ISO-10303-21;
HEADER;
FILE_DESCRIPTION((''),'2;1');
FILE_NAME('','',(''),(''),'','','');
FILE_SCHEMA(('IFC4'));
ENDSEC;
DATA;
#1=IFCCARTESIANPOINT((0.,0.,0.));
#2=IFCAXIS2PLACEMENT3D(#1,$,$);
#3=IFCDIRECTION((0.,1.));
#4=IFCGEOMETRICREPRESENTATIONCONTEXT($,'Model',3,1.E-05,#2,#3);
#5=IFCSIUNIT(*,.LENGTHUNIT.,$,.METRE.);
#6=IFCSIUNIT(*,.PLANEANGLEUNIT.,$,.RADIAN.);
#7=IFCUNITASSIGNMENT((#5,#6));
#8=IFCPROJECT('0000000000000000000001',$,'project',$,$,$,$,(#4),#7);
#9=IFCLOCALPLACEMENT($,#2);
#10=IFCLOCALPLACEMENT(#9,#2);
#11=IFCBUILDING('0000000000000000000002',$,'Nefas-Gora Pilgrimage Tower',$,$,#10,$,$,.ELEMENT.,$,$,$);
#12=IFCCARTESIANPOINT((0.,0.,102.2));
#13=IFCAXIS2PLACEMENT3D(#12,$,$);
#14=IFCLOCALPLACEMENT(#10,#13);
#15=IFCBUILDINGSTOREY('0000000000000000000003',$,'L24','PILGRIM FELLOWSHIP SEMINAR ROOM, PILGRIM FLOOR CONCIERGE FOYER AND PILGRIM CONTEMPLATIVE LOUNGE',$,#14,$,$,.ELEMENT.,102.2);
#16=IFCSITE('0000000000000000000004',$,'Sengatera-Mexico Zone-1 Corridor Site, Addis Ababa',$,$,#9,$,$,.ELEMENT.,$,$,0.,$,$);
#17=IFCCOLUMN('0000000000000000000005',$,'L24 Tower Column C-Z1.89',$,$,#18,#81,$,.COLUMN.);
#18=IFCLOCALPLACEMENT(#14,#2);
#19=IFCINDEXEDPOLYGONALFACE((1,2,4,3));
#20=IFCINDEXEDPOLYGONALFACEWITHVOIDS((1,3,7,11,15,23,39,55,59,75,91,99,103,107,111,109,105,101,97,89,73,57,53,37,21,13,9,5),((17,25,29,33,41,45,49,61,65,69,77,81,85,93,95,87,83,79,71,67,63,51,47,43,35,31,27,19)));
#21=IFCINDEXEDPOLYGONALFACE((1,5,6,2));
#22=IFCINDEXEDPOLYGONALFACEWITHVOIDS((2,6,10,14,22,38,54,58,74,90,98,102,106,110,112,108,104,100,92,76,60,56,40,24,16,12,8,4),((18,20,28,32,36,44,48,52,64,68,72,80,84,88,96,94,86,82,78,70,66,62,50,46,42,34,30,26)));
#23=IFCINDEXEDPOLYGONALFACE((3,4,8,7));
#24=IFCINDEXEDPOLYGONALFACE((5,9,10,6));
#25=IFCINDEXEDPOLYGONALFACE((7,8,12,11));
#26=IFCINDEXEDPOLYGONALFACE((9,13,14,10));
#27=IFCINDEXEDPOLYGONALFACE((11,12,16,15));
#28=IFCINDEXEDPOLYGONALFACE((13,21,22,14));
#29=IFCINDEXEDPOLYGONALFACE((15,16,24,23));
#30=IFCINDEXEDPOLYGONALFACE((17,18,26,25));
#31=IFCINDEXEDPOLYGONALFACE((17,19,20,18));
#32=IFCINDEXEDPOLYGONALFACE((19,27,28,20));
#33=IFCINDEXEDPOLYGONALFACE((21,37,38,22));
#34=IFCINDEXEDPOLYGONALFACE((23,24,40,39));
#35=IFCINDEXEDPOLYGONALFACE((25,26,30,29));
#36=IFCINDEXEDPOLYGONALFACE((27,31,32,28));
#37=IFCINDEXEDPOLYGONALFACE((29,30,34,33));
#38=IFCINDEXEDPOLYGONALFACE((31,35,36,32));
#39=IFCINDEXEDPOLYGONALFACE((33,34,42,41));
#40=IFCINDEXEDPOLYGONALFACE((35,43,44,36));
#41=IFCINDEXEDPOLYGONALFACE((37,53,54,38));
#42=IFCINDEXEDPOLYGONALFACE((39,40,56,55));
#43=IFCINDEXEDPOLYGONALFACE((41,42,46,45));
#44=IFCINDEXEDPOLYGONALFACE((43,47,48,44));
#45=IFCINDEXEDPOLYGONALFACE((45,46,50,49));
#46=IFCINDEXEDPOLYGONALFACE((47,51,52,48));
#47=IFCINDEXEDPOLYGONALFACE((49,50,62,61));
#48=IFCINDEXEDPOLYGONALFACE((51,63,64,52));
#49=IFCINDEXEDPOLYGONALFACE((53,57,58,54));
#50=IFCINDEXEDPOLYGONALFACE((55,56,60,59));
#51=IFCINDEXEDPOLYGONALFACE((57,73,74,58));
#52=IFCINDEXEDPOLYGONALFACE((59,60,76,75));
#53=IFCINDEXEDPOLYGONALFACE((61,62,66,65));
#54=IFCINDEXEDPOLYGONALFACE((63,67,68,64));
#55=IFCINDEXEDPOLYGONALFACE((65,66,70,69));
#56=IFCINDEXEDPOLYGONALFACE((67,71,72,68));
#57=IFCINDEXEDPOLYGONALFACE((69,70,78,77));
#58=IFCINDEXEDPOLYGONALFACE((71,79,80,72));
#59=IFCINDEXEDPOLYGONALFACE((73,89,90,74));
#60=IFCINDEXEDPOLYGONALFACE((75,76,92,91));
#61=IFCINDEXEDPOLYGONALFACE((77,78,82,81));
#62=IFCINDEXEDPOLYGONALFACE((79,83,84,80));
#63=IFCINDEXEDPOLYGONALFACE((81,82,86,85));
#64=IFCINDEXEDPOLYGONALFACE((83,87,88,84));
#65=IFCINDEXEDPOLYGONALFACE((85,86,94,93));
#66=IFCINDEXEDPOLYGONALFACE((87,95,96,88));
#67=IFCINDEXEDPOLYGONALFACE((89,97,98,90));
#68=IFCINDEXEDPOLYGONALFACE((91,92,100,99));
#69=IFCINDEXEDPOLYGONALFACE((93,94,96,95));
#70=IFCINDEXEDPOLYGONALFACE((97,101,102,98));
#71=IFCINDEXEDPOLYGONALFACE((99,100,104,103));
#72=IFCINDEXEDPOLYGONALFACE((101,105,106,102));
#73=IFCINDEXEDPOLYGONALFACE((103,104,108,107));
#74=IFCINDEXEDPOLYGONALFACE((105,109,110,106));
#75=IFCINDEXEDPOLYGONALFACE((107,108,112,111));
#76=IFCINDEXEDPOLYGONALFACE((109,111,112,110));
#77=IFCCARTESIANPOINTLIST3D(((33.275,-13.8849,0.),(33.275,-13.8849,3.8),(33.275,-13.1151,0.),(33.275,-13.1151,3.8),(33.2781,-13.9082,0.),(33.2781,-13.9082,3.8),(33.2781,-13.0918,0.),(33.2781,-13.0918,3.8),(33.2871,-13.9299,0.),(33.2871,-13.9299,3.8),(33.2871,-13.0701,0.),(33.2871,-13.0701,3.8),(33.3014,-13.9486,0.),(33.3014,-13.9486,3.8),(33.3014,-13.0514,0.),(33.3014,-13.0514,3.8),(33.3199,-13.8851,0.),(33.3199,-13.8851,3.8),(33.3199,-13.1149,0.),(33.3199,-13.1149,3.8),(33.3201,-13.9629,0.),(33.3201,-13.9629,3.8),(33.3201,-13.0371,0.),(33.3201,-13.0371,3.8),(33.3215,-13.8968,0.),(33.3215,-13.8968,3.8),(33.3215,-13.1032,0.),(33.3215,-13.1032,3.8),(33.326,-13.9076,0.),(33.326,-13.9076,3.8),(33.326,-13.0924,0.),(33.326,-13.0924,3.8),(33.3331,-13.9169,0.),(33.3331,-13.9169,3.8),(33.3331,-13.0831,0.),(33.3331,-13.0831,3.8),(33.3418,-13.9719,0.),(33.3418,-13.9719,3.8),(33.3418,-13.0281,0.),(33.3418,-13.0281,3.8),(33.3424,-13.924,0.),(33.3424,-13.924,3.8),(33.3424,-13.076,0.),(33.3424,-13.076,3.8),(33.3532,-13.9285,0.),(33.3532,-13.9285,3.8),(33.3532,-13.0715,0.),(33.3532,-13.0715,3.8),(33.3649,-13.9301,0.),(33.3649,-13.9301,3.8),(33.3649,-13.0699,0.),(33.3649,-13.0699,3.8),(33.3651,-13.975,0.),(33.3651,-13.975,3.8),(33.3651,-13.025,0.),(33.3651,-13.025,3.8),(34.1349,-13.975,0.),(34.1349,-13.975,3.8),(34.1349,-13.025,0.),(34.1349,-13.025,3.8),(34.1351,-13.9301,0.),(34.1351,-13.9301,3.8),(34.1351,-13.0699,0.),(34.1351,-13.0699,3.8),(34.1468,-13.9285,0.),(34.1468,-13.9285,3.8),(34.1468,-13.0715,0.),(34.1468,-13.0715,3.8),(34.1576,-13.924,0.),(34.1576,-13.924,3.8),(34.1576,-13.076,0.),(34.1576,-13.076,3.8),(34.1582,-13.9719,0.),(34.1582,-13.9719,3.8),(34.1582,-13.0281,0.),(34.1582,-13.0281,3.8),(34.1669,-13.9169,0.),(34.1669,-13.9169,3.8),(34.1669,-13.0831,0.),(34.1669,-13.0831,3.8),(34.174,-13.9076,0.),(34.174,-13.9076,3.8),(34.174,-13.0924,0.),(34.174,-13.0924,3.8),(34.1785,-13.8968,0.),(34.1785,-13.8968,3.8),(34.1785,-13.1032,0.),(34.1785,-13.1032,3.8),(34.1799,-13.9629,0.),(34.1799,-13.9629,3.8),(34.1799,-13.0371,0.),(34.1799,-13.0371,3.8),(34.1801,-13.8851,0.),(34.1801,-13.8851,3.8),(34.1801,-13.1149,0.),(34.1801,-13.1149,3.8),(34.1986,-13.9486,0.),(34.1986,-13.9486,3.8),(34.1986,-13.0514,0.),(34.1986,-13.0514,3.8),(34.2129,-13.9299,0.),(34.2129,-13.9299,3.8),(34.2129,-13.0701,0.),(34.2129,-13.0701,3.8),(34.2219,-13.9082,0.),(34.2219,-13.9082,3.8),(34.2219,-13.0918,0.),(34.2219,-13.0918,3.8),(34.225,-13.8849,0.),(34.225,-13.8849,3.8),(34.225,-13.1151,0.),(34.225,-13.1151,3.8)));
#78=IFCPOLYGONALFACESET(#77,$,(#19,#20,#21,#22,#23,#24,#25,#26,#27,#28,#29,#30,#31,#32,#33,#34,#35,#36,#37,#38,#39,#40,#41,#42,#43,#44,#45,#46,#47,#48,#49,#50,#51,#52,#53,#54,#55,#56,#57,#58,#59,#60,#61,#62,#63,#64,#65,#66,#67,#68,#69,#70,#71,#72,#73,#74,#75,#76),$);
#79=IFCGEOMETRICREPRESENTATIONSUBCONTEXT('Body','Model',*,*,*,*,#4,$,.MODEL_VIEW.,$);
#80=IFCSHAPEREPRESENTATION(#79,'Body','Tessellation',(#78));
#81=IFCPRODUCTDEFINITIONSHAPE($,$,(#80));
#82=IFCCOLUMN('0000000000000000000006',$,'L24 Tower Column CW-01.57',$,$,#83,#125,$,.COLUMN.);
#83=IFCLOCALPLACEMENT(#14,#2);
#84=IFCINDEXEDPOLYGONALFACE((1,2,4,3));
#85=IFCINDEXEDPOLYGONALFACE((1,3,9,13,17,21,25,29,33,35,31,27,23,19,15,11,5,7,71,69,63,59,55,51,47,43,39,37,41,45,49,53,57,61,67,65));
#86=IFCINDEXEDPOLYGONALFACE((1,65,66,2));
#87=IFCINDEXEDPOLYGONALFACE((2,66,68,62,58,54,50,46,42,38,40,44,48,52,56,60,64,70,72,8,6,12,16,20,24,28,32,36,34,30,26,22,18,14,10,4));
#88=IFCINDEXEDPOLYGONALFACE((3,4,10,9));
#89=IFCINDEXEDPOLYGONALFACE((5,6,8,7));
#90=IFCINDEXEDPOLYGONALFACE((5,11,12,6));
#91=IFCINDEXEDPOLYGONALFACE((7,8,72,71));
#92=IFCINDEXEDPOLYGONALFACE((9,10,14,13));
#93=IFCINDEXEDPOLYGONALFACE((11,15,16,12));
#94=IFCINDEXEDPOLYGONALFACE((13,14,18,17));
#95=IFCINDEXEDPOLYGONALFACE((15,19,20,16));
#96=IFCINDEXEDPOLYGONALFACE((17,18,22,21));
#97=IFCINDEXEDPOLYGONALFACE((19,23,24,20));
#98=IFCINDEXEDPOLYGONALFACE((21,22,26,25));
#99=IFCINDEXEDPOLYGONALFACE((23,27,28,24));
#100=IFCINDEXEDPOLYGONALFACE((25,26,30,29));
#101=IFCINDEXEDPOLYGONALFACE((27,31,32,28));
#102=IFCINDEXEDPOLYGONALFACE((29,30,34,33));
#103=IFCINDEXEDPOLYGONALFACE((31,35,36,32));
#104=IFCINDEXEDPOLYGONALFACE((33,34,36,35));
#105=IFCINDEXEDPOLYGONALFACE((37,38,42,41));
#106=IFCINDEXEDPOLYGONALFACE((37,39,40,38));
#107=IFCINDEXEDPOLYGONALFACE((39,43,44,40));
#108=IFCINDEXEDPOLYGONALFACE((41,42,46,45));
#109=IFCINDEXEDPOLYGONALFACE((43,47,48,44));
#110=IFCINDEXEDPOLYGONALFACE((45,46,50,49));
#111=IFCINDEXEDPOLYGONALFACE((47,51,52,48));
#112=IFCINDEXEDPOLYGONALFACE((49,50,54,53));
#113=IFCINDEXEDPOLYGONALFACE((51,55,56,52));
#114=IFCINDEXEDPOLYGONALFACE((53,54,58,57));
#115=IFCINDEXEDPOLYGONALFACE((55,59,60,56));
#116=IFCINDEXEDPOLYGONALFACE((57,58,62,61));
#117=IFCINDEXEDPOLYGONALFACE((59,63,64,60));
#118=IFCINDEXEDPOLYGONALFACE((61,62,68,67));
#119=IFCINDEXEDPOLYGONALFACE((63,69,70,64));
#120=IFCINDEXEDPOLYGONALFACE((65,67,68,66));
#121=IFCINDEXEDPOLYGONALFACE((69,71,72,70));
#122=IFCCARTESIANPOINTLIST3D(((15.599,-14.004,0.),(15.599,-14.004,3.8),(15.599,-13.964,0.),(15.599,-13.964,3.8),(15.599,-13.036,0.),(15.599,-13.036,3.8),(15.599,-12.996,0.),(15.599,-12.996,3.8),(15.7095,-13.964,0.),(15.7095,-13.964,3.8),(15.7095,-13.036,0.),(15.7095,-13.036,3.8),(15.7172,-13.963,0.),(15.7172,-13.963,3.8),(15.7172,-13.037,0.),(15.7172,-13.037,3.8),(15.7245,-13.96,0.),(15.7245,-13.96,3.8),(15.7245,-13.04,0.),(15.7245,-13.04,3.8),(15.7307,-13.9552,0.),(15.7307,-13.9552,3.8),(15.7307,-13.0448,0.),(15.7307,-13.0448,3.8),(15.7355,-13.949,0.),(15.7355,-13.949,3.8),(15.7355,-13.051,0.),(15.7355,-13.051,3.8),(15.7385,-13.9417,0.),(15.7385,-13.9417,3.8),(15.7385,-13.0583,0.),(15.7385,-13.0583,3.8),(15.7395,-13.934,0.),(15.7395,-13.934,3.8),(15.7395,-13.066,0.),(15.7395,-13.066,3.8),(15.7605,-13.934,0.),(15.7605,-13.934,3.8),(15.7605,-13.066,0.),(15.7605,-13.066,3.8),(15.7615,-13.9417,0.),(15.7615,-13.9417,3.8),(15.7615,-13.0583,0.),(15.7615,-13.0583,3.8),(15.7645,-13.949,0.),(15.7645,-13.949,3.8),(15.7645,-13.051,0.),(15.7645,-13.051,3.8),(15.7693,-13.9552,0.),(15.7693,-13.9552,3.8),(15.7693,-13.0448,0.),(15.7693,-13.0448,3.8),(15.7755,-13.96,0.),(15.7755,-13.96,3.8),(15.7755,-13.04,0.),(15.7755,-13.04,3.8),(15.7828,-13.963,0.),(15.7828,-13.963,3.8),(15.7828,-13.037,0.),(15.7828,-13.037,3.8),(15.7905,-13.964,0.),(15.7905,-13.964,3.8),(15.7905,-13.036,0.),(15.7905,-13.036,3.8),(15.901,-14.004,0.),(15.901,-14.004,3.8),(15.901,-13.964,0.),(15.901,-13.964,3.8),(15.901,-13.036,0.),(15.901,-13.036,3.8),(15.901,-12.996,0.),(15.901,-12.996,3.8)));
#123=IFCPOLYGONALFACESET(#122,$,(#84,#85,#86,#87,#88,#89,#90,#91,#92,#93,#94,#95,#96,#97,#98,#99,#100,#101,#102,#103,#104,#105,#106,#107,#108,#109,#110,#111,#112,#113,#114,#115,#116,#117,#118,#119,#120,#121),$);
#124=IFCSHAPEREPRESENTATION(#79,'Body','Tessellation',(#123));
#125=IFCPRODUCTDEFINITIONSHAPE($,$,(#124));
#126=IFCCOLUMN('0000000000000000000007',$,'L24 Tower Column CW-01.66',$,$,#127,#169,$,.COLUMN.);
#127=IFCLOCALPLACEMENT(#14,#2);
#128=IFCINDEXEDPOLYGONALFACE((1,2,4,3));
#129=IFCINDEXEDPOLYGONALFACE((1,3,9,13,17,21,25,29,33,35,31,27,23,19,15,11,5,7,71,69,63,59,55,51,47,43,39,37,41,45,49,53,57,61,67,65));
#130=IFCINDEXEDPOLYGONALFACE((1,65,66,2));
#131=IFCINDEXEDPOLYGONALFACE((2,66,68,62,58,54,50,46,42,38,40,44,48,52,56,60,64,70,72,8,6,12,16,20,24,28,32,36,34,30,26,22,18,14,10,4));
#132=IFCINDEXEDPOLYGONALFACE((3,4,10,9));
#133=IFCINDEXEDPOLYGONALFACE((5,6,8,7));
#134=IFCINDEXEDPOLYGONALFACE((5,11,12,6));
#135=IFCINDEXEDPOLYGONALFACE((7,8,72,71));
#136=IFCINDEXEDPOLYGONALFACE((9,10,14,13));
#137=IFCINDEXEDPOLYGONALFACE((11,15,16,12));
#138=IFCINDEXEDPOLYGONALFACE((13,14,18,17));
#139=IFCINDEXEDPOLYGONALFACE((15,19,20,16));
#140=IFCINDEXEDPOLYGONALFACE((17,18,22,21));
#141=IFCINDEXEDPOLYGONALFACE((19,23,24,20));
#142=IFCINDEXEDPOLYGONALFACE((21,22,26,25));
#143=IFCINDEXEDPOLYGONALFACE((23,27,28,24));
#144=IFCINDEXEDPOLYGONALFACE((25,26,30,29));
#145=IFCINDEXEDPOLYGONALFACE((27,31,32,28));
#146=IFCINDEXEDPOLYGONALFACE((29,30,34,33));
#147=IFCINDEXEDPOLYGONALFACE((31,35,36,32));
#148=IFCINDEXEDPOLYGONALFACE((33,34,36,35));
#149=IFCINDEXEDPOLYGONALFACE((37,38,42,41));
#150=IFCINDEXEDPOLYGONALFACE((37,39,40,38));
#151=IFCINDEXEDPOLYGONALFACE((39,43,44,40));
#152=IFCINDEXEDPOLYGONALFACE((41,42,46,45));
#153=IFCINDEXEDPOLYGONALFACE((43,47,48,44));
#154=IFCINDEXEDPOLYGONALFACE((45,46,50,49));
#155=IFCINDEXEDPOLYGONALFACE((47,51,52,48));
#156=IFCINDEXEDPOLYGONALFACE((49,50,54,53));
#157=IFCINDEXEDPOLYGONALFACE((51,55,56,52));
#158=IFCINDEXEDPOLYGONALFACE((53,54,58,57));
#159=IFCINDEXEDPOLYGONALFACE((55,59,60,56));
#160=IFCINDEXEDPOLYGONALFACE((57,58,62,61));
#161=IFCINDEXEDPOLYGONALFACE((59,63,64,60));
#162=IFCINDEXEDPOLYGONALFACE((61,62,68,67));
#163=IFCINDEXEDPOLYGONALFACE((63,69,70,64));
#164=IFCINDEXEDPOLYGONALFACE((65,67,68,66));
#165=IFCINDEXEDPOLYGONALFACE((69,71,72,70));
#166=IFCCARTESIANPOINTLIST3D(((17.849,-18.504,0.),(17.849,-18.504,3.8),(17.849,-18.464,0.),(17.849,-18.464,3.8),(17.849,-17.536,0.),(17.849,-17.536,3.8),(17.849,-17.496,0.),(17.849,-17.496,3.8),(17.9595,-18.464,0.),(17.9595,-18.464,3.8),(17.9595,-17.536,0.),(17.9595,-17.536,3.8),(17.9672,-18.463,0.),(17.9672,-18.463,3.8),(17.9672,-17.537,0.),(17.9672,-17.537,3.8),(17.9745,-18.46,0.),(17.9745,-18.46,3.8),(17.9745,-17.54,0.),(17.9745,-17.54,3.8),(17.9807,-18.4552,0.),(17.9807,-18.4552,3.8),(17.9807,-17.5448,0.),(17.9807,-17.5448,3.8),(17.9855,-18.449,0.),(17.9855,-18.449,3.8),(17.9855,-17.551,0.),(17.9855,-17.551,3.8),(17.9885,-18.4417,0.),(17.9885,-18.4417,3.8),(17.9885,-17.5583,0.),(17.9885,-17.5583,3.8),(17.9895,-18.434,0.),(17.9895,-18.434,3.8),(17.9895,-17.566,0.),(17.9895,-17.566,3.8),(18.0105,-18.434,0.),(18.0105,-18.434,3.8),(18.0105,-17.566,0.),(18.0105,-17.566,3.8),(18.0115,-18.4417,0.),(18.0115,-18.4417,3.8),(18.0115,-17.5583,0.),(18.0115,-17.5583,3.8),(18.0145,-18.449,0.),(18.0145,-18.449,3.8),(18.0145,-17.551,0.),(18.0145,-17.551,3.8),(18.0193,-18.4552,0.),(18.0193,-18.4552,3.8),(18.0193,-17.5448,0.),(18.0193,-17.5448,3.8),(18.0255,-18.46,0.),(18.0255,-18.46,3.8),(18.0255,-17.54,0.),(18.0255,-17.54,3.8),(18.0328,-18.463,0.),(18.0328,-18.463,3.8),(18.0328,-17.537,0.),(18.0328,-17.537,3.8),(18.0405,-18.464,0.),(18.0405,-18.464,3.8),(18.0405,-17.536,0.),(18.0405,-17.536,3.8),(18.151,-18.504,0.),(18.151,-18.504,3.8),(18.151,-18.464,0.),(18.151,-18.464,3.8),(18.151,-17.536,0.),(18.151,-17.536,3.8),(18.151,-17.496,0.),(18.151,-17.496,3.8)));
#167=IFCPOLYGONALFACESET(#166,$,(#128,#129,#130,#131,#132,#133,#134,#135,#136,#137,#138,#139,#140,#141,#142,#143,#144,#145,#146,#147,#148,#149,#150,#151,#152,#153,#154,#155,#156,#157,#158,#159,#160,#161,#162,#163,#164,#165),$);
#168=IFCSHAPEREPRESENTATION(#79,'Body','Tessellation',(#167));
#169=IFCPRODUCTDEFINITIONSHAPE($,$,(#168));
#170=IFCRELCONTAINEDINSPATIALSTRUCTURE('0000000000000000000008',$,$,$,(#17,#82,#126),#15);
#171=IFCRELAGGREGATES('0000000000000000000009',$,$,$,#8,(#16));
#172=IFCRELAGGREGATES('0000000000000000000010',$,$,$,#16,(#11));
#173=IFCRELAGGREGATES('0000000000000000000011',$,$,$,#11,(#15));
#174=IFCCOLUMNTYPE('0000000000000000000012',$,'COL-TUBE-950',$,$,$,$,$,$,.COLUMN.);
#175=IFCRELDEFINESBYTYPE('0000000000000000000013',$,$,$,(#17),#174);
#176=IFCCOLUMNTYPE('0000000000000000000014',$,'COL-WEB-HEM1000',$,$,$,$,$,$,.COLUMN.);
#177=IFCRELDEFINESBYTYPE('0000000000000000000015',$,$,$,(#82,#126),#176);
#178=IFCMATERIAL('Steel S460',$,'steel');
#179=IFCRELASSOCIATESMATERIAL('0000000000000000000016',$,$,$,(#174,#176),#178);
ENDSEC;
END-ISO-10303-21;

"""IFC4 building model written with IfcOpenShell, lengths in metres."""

from ifc_helpers import new_model, si_unit, direction, frame, origin, origin_2d, place, context, subcontext, project, spatial, hollow_rectangle, i_section, extrude, source, transform, mapped, material, material_profile, profile_set, type_object, element, save


model = new_model("IFC4")

# Units and contexts
model_context = context("Model", 3, precision=1e-05, world=origin(), true_north=direction((0.0, 1.0)))
body_context = subcontext(model_context, "Body", "Model", "MODEL_VIEW")
ifc_project = project(units=[si_unit("LENGTHUNIT", "METRE"), si_unit("PLANEANGLEUNIT", "RADIAN")], contexts=[model_context])

# Site, building, storey
site_placement = place(None, origin())
site = spatial("IfcSite", under=ifc_project, at=site_placement, Name="Sengatera-Mexico Zone-1 Corridor Site, Addis Ababa", CompositionType="ELEMENT", RefElevation=0.0)
building_placement = place(site_placement, origin())
building = spatial("IfcBuilding", under=site, at=building_placement, Name="Nefas-Gora Pilgrimage Tower", CompositionType="ELEMENT")
storey_placement = place(building_placement, frame((0.0, 0.0, 102.2)))
storey = spatial("IfcBuildingStorey", under=building, at=storey_placement, Name="L24", Description="PILGRIM FELLOWSHIP SEMINAR ROOM, PILGRIM FLOOR CONCIERGE FOYER AND PILGRIM CONTEMPLATIVE LOUNGE", CompositionType="ELEMENT", Elevation=102.2)

# Columns
ifc_material_1 = material(Name="Steel S460", Category="steel")
ifc_material_profile_1 = material_profile(ifc_material_1, hollow_rectangle(XDim=0.95, YDim=0.95, WallThickness=0.0449, InnerFilletRadius=0.0449, OuterFilletRadius=0.0901, at=origin_2d()), Name="BOX 950x950x45")
ifc_profile_set_1 = profile_set([ifc_material_profile_1], Name="Steel S460")
column_type_1 = type_object("IfcColumnType", Name="COL-TUBE-950", PredefinedType="COLUMN", material=ifc_profile_set_1)
shared_shape_1 = source(origin(), body_context, "Body", "SweptSolid", [
    extrude(hollow_rectangle(XDim=0.95, YDim=0.95, WallThickness=0.0449, InnerFilletRadius=0.0449, OuterFilletRadius=0.0901, at=origin_2d()), origin(), (0.0, 0.0, 1.0), 3.8),
])
for number, where, z_axis, x_axis, name in (
    (1, (33.75, -13.5, 0.0), (0.0, 0.0, 1.0), (1.0, 0.0, 0.0), "L24 Tower Column C-Z1.89"),
):
    element("IfcColumn", number, at=place(storey_placement, frame(where, z_axis=z_axis, x_axis=x_axis)), inside=storey, type_object=column_type_1, Name=name, PredefinedType="COLUMN", context=body_context, shape_type="MappedRepresentation", body=[
        mapped(shared_shape_1, transform((0.0, 0.0, 0.0), x_axis=(1.0, 0.0, 0.0), y_axis=(0.0, 1.0, 0.0), z_axis=(0.0, 0.0, 1.0), scale=1.0)),
    ])
ifc_material_profile_2 = material_profile(ifc_material_1, i_section(OverallWidth=0.302, OverallDepth=1.0081, WebThickness=0.021, FlangeThickness=0.04, FilletRadius=0.03, at=origin_2d()), Name="HEM 1000")
ifc_profile_set_2 = profile_set([ifc_material_profile_2], Name="Steel S460")
column_type_2 = type_object("IfcColumnType", Name="COL-WEB-HEM1000", PredefinedType="COLUMN", material=ifc_profile_set_2)
shared_shape_2 = source(origin(), body_context, "Body", "SweptSolid", [
    extrude(i_section(OverallWidth=0.302, OverallDepth=1.0081, WebThickness=0.021, FlangeThickness=0.04, FilletRadius=0.03, at=origin_2d()), origin(), (0.0, 0.0, 1.0), 3.8),
])
for number, where, z_axis, x_axis, name in (
    (2, (15.75, -13.5, 0.0), (0.0, 0.0, 1.0), (1.0, 0.0, 0.0), "L24 Tower Column CW-01.57"),
    (3, (18.0, -18.0, 0.0), (0.0, 0.0, 1.0), (1.0, 0.0, 0.0), "L24 Tower Column CW-01.66"),
):
    element("IfcColumn", number, at=place(storey_placement, frame(where, z_axis=z_axis, x_axis=x_axis)), inside=storey, type_object=column_type_2, Name=name, PredefinedType="COLUMN", context=body_context, shape_type="MappedRepresentation", body=[
        mapped(shared_shape_2, transform((0.0, 0.0, 0.0), x_axis=(1.0, 0.0, 0.0), y_axis=(0.0, 1.0, 0.0), z_axis=(0.0, 0.0, 1.0), scale=1.0)),
    ])

save(model, "model.ifc")
